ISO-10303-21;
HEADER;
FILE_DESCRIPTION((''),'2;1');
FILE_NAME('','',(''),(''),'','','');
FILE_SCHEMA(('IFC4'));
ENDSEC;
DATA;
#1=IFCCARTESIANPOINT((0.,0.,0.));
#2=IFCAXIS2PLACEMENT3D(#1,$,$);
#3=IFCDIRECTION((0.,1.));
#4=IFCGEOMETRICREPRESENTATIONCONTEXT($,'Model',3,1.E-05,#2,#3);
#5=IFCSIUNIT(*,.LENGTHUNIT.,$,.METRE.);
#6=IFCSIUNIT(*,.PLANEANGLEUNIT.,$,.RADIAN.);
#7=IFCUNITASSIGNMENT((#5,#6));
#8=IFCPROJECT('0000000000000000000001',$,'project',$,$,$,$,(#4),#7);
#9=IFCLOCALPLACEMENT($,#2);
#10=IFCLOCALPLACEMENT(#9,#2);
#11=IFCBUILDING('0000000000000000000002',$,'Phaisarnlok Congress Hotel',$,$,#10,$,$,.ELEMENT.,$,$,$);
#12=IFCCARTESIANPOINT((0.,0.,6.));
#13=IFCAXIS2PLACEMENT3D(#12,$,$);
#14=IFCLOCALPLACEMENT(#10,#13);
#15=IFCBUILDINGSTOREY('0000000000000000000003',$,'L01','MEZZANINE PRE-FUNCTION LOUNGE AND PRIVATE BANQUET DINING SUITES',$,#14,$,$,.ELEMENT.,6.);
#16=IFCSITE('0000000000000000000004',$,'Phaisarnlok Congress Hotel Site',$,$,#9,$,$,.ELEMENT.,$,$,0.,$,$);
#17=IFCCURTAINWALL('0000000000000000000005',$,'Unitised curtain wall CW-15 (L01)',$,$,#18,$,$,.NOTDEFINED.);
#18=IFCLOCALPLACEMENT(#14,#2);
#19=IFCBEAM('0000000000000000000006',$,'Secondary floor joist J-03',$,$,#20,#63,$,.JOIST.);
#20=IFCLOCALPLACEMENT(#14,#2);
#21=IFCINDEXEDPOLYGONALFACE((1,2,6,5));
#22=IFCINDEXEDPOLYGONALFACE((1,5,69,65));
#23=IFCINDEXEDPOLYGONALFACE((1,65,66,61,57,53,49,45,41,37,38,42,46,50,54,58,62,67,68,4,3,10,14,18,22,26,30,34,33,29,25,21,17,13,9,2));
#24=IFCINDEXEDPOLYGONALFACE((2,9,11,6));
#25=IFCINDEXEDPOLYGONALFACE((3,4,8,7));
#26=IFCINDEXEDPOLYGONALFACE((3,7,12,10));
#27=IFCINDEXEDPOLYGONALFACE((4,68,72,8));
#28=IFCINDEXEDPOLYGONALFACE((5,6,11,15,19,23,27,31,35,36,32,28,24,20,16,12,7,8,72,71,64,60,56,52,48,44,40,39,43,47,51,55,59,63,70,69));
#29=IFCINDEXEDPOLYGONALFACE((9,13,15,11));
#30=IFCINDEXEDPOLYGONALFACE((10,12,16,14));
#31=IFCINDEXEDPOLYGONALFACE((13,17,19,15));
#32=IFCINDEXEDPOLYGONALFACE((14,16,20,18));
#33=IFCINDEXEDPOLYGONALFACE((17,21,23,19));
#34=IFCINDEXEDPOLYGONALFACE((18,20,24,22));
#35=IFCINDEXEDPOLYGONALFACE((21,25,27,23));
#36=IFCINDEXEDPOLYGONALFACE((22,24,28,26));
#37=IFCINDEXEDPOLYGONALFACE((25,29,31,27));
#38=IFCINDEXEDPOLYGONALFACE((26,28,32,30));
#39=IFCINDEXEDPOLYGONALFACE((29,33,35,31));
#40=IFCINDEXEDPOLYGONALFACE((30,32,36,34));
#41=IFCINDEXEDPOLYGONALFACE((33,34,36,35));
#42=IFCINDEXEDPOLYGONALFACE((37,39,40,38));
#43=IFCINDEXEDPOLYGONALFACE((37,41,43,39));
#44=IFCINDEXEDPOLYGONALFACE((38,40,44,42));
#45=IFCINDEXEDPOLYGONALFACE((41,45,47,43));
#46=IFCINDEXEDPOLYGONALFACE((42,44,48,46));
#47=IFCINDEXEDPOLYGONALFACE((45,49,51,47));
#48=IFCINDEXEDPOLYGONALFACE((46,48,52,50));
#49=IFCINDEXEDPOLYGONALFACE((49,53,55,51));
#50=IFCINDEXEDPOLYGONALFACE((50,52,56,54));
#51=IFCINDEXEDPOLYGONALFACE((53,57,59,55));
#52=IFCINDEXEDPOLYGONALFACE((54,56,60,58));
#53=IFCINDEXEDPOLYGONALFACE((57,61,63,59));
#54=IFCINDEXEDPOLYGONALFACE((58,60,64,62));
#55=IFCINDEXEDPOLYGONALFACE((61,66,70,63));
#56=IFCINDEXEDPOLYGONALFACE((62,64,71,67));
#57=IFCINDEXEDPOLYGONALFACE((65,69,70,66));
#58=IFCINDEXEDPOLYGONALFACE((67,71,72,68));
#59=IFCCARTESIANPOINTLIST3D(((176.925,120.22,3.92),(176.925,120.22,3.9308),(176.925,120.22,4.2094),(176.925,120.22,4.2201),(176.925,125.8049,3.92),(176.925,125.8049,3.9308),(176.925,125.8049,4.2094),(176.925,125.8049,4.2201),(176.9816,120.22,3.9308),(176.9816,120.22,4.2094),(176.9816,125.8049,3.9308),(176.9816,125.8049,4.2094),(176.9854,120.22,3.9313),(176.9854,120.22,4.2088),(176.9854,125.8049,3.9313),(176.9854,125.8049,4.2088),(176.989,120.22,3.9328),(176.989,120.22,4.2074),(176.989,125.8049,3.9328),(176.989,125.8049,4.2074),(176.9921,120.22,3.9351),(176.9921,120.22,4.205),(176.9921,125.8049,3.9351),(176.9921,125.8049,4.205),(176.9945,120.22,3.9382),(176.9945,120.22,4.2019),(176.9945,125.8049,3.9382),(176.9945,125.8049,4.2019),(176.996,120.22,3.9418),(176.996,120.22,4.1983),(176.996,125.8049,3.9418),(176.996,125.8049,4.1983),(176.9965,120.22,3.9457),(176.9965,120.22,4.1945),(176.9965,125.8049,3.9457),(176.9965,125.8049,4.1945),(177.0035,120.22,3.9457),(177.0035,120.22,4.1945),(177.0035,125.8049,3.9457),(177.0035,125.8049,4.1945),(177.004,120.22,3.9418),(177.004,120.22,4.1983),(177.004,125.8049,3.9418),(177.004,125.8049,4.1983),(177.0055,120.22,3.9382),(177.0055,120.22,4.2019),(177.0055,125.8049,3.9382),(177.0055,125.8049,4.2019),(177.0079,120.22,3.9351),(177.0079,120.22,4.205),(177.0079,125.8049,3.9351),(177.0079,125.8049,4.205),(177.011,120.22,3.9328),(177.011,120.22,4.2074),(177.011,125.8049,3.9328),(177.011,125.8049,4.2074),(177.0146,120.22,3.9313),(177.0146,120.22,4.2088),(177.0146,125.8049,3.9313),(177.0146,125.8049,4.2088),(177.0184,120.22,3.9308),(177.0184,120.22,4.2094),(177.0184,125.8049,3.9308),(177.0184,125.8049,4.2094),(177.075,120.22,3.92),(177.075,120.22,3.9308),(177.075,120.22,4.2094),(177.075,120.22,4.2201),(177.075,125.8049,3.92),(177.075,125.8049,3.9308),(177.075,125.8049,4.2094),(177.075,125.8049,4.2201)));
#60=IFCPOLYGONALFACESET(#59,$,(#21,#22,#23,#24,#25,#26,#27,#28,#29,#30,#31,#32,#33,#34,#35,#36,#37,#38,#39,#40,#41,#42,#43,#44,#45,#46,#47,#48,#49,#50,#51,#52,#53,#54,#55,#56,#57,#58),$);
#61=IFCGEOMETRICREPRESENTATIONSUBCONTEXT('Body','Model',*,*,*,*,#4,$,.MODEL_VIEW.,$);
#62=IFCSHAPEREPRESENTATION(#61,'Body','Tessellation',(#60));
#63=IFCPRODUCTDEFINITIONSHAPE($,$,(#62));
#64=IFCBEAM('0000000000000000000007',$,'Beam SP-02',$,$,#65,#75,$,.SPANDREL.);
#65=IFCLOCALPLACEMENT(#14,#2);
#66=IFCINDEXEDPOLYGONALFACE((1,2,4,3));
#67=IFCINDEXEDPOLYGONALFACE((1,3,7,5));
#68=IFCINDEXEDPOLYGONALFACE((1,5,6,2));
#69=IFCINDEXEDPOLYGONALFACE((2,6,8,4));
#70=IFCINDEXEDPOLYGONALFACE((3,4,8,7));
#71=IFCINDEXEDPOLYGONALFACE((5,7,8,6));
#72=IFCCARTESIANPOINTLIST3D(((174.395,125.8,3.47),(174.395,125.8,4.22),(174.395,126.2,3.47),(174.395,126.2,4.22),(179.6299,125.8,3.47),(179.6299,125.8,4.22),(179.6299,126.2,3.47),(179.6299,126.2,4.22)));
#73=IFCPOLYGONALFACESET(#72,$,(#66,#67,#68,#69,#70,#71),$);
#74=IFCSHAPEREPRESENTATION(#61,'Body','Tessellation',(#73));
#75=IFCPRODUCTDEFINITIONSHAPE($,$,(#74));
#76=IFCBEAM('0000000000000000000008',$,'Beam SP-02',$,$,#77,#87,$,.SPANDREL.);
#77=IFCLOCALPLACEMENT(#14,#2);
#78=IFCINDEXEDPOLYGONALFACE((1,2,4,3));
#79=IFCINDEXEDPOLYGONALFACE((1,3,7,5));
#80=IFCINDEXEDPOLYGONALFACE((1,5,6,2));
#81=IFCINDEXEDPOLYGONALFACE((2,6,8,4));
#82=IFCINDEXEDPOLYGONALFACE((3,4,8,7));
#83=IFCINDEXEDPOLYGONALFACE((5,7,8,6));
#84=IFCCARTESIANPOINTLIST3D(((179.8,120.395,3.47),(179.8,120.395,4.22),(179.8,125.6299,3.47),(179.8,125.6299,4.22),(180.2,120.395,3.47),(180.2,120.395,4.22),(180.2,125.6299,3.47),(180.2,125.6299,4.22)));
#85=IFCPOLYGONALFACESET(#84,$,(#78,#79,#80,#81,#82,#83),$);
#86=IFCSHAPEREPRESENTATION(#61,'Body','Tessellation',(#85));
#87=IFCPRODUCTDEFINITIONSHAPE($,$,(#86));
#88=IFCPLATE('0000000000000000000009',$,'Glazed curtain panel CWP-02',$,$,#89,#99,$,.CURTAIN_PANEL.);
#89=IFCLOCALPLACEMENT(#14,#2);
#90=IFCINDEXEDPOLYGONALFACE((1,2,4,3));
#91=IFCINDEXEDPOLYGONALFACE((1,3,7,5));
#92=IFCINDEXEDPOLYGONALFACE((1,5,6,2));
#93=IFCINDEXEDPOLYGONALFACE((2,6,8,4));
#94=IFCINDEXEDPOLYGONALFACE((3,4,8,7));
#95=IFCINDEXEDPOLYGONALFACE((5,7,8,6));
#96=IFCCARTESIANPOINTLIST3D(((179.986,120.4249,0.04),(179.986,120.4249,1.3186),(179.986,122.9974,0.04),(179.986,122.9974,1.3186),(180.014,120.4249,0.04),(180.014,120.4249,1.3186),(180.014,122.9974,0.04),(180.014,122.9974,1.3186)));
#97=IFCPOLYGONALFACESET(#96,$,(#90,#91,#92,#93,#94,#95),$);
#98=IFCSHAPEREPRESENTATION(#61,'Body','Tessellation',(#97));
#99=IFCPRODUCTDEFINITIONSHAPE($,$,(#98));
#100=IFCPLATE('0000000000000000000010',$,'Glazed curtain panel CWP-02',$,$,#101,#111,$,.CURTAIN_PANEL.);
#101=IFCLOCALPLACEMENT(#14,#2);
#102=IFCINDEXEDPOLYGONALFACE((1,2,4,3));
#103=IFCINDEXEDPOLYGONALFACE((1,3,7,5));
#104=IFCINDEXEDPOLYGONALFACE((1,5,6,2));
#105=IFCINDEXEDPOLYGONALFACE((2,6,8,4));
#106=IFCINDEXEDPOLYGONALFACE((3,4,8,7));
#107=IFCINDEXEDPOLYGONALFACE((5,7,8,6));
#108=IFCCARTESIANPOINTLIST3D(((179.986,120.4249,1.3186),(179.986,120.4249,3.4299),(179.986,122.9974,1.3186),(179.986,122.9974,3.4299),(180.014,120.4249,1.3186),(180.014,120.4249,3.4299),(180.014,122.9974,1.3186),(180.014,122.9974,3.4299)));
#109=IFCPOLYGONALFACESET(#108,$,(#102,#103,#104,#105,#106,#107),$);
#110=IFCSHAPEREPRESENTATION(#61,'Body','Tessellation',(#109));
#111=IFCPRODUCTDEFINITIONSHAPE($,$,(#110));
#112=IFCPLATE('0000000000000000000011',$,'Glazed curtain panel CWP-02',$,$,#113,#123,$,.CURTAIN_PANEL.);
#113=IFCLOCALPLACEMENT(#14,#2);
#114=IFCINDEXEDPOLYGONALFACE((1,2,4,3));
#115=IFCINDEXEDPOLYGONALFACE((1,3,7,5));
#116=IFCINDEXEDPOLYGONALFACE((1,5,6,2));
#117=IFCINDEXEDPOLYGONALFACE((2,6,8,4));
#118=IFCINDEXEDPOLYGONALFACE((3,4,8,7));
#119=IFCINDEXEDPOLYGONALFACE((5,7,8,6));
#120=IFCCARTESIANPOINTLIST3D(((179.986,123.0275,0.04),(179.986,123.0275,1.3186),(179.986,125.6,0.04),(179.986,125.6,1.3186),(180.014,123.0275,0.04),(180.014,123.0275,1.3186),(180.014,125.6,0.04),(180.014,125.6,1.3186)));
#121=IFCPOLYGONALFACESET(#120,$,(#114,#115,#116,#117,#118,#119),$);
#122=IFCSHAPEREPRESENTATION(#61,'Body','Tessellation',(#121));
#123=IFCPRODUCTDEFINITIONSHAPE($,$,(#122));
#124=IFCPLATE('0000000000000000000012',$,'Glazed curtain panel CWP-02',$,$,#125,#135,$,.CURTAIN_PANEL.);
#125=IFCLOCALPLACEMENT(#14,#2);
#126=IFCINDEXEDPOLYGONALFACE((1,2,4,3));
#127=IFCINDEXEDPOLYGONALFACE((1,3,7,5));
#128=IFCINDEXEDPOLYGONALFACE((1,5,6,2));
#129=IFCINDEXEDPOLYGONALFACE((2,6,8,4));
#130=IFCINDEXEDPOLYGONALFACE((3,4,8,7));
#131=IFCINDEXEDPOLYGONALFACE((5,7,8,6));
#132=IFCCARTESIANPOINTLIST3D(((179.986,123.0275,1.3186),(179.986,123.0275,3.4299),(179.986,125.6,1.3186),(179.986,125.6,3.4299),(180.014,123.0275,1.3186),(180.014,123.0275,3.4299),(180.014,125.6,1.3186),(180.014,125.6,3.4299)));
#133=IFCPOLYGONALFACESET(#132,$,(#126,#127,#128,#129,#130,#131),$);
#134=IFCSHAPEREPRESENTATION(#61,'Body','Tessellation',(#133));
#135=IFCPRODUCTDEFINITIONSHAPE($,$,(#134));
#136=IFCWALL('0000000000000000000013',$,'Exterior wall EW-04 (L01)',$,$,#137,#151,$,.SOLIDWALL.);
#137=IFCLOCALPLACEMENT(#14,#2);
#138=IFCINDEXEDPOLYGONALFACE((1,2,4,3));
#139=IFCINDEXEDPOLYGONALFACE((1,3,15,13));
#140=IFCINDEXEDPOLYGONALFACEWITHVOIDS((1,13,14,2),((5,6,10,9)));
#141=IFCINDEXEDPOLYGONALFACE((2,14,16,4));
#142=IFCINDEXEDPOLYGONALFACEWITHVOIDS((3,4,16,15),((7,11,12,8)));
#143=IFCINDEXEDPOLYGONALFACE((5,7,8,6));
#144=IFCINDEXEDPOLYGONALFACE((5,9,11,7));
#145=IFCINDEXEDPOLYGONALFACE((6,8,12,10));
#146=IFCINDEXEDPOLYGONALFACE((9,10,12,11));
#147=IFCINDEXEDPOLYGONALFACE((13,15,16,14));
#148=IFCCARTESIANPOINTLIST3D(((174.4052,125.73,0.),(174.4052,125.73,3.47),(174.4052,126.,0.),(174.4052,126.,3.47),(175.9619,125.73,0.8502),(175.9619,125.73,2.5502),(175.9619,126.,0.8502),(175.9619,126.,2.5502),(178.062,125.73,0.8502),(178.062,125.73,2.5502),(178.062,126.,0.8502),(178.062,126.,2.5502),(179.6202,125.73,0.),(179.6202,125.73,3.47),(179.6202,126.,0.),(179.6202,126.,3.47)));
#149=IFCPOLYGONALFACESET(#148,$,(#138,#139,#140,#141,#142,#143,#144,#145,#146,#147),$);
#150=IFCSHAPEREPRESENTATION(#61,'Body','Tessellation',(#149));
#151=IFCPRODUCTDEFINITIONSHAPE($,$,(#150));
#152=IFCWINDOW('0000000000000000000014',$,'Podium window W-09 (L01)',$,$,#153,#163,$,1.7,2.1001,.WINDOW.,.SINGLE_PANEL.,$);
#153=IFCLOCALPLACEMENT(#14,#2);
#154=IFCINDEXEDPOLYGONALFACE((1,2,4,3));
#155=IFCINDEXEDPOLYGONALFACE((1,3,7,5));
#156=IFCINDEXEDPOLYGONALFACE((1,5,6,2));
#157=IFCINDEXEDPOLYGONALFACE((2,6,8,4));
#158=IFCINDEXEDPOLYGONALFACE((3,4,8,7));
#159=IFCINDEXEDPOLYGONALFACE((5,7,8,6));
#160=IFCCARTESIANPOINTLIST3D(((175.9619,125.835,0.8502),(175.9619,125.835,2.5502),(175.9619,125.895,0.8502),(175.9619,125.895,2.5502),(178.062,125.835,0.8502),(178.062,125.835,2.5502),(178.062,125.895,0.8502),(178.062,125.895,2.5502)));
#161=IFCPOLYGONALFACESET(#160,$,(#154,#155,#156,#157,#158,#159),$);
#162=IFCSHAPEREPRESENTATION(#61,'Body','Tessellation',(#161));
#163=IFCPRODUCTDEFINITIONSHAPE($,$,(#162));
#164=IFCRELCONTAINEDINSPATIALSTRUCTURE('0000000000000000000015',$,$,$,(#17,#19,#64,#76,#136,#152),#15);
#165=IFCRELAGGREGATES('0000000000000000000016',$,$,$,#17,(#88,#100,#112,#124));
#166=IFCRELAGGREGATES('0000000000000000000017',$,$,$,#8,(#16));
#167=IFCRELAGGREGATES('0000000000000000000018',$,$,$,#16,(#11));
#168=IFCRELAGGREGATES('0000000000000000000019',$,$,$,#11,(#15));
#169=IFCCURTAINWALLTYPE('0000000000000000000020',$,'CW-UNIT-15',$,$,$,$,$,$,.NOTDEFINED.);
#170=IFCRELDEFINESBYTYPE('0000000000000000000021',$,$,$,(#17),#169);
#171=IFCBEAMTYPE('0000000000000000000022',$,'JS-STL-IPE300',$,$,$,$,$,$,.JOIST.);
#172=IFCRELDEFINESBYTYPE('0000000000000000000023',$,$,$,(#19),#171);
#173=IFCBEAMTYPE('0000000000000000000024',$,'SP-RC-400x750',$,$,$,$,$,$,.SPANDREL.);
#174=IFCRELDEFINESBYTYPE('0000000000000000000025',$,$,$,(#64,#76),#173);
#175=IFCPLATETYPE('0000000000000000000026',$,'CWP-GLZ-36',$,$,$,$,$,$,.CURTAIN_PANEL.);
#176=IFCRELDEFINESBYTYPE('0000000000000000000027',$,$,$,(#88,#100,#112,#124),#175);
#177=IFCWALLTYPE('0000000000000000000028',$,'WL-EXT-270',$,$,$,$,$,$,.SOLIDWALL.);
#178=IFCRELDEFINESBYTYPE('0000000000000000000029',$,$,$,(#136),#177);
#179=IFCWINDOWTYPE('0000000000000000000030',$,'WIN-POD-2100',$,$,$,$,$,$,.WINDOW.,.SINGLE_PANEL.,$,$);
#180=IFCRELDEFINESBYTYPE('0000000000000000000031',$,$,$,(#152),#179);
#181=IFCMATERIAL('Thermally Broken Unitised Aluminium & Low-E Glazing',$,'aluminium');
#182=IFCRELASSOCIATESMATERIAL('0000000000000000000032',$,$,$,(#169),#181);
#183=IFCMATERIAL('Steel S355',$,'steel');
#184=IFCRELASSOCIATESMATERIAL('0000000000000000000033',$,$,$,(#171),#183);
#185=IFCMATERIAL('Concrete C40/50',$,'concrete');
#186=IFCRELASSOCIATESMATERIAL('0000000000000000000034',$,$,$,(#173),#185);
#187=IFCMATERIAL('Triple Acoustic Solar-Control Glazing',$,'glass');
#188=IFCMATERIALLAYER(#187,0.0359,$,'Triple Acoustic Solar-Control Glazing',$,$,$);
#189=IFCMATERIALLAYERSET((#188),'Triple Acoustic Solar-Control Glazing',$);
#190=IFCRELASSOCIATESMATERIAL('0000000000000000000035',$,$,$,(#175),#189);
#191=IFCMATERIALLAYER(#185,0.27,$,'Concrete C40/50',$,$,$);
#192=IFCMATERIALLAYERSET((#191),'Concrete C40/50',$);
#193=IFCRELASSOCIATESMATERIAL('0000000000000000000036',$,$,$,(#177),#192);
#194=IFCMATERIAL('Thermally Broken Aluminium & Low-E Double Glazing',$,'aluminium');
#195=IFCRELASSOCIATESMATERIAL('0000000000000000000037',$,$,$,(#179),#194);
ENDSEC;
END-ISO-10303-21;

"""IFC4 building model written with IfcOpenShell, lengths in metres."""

from ifc_helpers import new_model, si_unit, direction, frame, frame_2d, origin, origin_2d, place, context, subcontext, project, spatial, rectangle, i_section, extrude, material, layer, layer_set, material_profile, profile_set, type_object, element, fill, aggregate, save


model = new_model("IFC4")

# Units and contexts
model_context = context("Model", 3, precision=1e-05, world=origin(), true_north=direction((0.0, 1.0)))
body_context = subcontext(model_context, "Body", "Model", "MODEL_VIEW")
ifc_project = project(units=[si_unit("LENGTHUNIT", "METRE"), si_unit("PLANEANGLEUNIT", "RADIAN")], contexts=[model_context])

# Site, building, storey
site_placement = place(None, origin())
site = spatial("IfcSite", under=ifc_project, at=site_placement, Name="Phaisarnlok Congress Hotel Site", CompositionType="ELEMENT", RefElevation=0.0)
building_placement = place(site_placement, origin())
building = spatial("IfcBuilding", under=site, at=building_placement, Name="Phaisarnlok Congress Hotel", CompositionType="ELEMENT")
storey_placement = place(building_placement, frame((0.0, 0.0, 6.0)))
storey = spatial("IfcBuildingStorey", under=building, at=storey_placement, Name="L01", Description="MEZZANINE PRE-FUNCTION LOUNGE AND PRIVATE BANQUET DINING SUITES", CompositionType="ELEMENT", Elevation=6.0)

# Shared definitions
ifc_material_1 = material(Name="Steel S355", Category="steel")

# Shared definitions
ifc_material_2 = material(Name="Concrete C40/50", Category="concrete")

# Curtain wall
ifc_material_3 = material(Name="Thermally Broken Unitised Aluminium & Low-E Glazing", Category="aluminium")
curtain_wall_type = type_object("IfcCurtainWallType", Name="CW-UNIT-15", PredefinedType="NOTDEFINED", material=ifc_material_3)
curtain_wall_placement = place(storey_placement, origin())
curtain_wall = element("IfcCurtainWall", 1, at=curtain_wall_placement, inside=storey, type_object=curtain_wall_type, Name="Unitised curtain wall CW-15 (L01)", PredefinedType="NOTDEFINED")

# Beams
ifc_material_profile_1 = material_profile(ifc_material_1, i_section(OverallWidth=0.1499, OverallDepth=0.3, WebThickness=0.0071, FlangeThickness=0.0107, FilletRadius=0.0149, at=origin_2d()), Name="IPE 300")
ifc_profile_set_1 = profile_set([ifc_material_profile_1], Name="Steel S355")
beam_type_1 = type_object("IfcBeamType", Name="JS-STL-IPE300", PredefinedType="JOIST", material=ifc_profile_set_1)
beam_1_placement = place(storey_placement, frame((177.0, 120.22, 4.0701), z_axis=(0.0, 1.0, 0.0), x_axis=(-1.0, 0.0, 0.0)))
element("IfcBeam", 2, at=beam_1_placement, inside=storey, type_object=beam_type_1, Name="Secondary floor joist J-03", PredefinedType="JOIST", context=body_context, shape_type="SweptSolid", body=[
    extrude(i_section(OverallWidth=0.1499, OverallDepth=0.3, WebThickness=0.0071, FlangeThickness=0.0107, FilletRadius=0.0149, at=origin_2d()), origin(), (0.0, 0.0, 1.0), 5.585),
])
ifc_material_profile_2 = material_profile(ifc_material_2, rectangle(XDim=0.3999, YDim=0.75, at=origin_2d()), Name="RC 400x750")
ifc_profile_set_2 = profile_set([ifc_material_profile_2], Name="Concrete C40/50")
beam_type_2 = type_object("IfcBeamType", Name="SP-RC-400x750", PredefinedType="SPANDREL", material=ifc_profile_set_2)
for number, where, z_axis, x_axis, name in (
    (3, (174.395, 126.0, 3.845), (1.0, 0.0, 0.0), (0.0, 1.0, 0.0), "Beam SP-02"),
    (4, (180.0, 120.395, 3.845), (0.0, 1.0, 0.0), (-1.0, 0.0, 0.0), "Beam SP-02"),
):
    element("IfcBeam", number, at=place(storey_placement, frame(where, z_axis=z_axis, x_axis=x_axis)), inside=storey, type_object=beam_type_2, Name=name, PredefinedType="SPANDREL", context=body_context, shape_type="SweptSolid", body=[
        extrude(rectangle(XDim=0.3999, YDim=0.75, at=origin_2d()), origin(), (0.0, 0.0, 1.0), 5.2349),
    ])

# Plates
ifc_material_4 = material(Name="Triple Acoustic Solar-Control Glazing", Category="glass")
ifc_layer_1 = layer(ifc_material_4, 0.0359, Name="Triple Acoustic Solar-Control Glazing")
ifc_layer_set_1 = layer_set([ifc_layer_1], Name="Triple Acoustic Solar-Control Glazing")
plate_type = type_object("IfcPlateType", Name="CWP-GLZ-36", PredefinedType="CURTAIN_PANEL", material=ifc_layer_set_1)
plate_1_placement = place(storey_placement, frame((180.0, 120.425, 0.04), z_axis=(0.0, 0.0, 1.0), x_axis=(0.0, 1.0, 0.0)))
plate_1 = element("IfcPlate", 5, at=plate_1_placement, type_object=plate_type, Name="Glazed curtain panel CWP-02", PredefinedType="CURTAIN_PANEL", context=body_context, shape_type="SweptSolid", body=[
    extrude(rectangle(XDim=2.5725, YDim=0.0281, at=frame_2d((1.2861, 0.0))), origin(), (0.0, 0.0, 1.0), 1.2786),
])
plate_2_placement = place(storey_placement, frame((180.0, 120.425, 1.3186), z_axis=(0.0, 0.0, 1.0), x_axis=(0.0, 1.0, 0.0)))
plate_2 = element("IfcPlate", 6, at=plate_2_placement, type_object=plate_type, Name="Glazed curtain panel CWP-02", PredefinedType="CURTAIN_PANEL", context=body_context, shape_type="SweptSolid", body=[
    extrude(rectangle(XDim=2.5725, YDim=0.0281, at=frame_2d((1.2861, 0.0))), origin(), (0.0, 0.0, 1.0), 2.1113),
])
plate_3_placement = place(storey_placement, frame((180.0, 123.0276, 0.04), z_axis=(0.0, 0.0, 1.0), x_axis=(0.0, 1.0, 0.0)))
plate_3 = element("IfcPlate", 7, at=plate_3_placement, type_object=plate_type, Name="Glazed curtain panel CWP-02", PredefinedType="CURTAIN_PANEL", context=body_context, shape_type="SweptSolid", body=[
    extrude(rectangle(XDim=2.5725, YDim=0.0281, at=frame_2d((1.2861, 0.0))), origin(), (0.0, 0.0, 1.0), 1.2786),
])
plate_4_placement = place(storey_placement, frame((180.0, 123.0276, 1.3186), z_axis=(0.0, 0.0, 1.0), x_axis=(0.0, 1.0, 0.0)))
plate_4 = element("IfcPlate", 8, at=plate_4_placement, type_object=plate_type, Name="Glazed curtain panel CWP-02", PredefinedType="CURTAIN_PANEL", context=body_context, shape_type="SweptSolid", body=[
    extrude(rectangle(XDim=2.5725, YDim=0.0281, at=frame_2d((1.2861, 0.0))), origin(), (0.0, 0.0, 1.0), 2.1113),
])
aggregate(curtain_wall, [plate_1, plate_2, plate_3, plate_4])

# Wall, opening, window
ifc_layer_2 = layer(ifc_material_2, 0.27, Name="Concrete C40/50")
ifc_layer_set_2 = layer_set([ifc_layer_2], Name="Concrete C40/50")
wall_type = type_object("IfcWallType", Name="WL-EXT-270", PredefinedType="SOLIDWALL", material=ifc_layer_set_2)
wall_placement = place(storey_placement, frame((179.6201, 125.865, 0.0), z_axis=(0.0, 0.0, 1.0), x_axis=(-1.0, 0.0, 0.0)))
wall = element("IfcWall", 9, at=wall_placement, inside=storey, type_object=wall_type, Name="Exterior wall EW-04 (L01)", PredefinedType="SOLIDWALL", context=body_context, shape_type="SweptSolid", body=[
    extrude(rectangle(XDim=5.2151, YDim=0.27, at=frame_2d((2.6074, 0.0))), origin(), (0.0, 0.0, 1.0), 3.47),
])
opening_placement = place(wall_placement, frame((1.5581, 0.0, 0.8501)))
opening = element("IfcOpeningElement", 10, at=opening_placement, cuts=wall, PredefinedType="OPENING", context=body_context, shape_type="SweptSolid", body=[
    extrude(rectangle(XDim=2.1001, YDim=1.7, at=frame_2d((1.05, 0.8501))), frame((0.0, 0.145, 0.0), z_axis=(0.0, -1.0, 0.0), x_axis=(1.0, 0.0, 0.0)), (0.0, 0.0, 1.0), 0.29),
])
ifc_material_5 = material(Name="Thermally Broken Aluminium & Low-E Double Glazing", Category="aluminium")
window_type = type_object("IfcWindowType", Name="WIN-POD-2100", PartitioningType="SINGLE_PANEL", PredefinedType="WINDOW", material=ifc_material_5)
window_placement = place(opening_placement, origin())
window = element("IfcWindow", 11, at=window_placement, inside=storey, type_object=window_type, Name="Podium window W-09 (L01)", OverallHeight=1.7, OverallWidth=2.1001, PartitioningType="SINGLE_PANEL", PredefinedType="WINDOW", context=body_context, shape_type="SweptSolid", body=[
    extrude(rectangle(XDim=2.1001, YDim=1.7, at=frame_2d((1.05, 0.8501))), frame((0.0, 0.03, 0.0), z_axis=(0.0, -1.0, 0.0), x_axis=(1.0, 0.0, 0.0)), (0.0, 0.0, 1.0), 0.0601),
])
fill(opening, window)

save(model, "model.ifc")
